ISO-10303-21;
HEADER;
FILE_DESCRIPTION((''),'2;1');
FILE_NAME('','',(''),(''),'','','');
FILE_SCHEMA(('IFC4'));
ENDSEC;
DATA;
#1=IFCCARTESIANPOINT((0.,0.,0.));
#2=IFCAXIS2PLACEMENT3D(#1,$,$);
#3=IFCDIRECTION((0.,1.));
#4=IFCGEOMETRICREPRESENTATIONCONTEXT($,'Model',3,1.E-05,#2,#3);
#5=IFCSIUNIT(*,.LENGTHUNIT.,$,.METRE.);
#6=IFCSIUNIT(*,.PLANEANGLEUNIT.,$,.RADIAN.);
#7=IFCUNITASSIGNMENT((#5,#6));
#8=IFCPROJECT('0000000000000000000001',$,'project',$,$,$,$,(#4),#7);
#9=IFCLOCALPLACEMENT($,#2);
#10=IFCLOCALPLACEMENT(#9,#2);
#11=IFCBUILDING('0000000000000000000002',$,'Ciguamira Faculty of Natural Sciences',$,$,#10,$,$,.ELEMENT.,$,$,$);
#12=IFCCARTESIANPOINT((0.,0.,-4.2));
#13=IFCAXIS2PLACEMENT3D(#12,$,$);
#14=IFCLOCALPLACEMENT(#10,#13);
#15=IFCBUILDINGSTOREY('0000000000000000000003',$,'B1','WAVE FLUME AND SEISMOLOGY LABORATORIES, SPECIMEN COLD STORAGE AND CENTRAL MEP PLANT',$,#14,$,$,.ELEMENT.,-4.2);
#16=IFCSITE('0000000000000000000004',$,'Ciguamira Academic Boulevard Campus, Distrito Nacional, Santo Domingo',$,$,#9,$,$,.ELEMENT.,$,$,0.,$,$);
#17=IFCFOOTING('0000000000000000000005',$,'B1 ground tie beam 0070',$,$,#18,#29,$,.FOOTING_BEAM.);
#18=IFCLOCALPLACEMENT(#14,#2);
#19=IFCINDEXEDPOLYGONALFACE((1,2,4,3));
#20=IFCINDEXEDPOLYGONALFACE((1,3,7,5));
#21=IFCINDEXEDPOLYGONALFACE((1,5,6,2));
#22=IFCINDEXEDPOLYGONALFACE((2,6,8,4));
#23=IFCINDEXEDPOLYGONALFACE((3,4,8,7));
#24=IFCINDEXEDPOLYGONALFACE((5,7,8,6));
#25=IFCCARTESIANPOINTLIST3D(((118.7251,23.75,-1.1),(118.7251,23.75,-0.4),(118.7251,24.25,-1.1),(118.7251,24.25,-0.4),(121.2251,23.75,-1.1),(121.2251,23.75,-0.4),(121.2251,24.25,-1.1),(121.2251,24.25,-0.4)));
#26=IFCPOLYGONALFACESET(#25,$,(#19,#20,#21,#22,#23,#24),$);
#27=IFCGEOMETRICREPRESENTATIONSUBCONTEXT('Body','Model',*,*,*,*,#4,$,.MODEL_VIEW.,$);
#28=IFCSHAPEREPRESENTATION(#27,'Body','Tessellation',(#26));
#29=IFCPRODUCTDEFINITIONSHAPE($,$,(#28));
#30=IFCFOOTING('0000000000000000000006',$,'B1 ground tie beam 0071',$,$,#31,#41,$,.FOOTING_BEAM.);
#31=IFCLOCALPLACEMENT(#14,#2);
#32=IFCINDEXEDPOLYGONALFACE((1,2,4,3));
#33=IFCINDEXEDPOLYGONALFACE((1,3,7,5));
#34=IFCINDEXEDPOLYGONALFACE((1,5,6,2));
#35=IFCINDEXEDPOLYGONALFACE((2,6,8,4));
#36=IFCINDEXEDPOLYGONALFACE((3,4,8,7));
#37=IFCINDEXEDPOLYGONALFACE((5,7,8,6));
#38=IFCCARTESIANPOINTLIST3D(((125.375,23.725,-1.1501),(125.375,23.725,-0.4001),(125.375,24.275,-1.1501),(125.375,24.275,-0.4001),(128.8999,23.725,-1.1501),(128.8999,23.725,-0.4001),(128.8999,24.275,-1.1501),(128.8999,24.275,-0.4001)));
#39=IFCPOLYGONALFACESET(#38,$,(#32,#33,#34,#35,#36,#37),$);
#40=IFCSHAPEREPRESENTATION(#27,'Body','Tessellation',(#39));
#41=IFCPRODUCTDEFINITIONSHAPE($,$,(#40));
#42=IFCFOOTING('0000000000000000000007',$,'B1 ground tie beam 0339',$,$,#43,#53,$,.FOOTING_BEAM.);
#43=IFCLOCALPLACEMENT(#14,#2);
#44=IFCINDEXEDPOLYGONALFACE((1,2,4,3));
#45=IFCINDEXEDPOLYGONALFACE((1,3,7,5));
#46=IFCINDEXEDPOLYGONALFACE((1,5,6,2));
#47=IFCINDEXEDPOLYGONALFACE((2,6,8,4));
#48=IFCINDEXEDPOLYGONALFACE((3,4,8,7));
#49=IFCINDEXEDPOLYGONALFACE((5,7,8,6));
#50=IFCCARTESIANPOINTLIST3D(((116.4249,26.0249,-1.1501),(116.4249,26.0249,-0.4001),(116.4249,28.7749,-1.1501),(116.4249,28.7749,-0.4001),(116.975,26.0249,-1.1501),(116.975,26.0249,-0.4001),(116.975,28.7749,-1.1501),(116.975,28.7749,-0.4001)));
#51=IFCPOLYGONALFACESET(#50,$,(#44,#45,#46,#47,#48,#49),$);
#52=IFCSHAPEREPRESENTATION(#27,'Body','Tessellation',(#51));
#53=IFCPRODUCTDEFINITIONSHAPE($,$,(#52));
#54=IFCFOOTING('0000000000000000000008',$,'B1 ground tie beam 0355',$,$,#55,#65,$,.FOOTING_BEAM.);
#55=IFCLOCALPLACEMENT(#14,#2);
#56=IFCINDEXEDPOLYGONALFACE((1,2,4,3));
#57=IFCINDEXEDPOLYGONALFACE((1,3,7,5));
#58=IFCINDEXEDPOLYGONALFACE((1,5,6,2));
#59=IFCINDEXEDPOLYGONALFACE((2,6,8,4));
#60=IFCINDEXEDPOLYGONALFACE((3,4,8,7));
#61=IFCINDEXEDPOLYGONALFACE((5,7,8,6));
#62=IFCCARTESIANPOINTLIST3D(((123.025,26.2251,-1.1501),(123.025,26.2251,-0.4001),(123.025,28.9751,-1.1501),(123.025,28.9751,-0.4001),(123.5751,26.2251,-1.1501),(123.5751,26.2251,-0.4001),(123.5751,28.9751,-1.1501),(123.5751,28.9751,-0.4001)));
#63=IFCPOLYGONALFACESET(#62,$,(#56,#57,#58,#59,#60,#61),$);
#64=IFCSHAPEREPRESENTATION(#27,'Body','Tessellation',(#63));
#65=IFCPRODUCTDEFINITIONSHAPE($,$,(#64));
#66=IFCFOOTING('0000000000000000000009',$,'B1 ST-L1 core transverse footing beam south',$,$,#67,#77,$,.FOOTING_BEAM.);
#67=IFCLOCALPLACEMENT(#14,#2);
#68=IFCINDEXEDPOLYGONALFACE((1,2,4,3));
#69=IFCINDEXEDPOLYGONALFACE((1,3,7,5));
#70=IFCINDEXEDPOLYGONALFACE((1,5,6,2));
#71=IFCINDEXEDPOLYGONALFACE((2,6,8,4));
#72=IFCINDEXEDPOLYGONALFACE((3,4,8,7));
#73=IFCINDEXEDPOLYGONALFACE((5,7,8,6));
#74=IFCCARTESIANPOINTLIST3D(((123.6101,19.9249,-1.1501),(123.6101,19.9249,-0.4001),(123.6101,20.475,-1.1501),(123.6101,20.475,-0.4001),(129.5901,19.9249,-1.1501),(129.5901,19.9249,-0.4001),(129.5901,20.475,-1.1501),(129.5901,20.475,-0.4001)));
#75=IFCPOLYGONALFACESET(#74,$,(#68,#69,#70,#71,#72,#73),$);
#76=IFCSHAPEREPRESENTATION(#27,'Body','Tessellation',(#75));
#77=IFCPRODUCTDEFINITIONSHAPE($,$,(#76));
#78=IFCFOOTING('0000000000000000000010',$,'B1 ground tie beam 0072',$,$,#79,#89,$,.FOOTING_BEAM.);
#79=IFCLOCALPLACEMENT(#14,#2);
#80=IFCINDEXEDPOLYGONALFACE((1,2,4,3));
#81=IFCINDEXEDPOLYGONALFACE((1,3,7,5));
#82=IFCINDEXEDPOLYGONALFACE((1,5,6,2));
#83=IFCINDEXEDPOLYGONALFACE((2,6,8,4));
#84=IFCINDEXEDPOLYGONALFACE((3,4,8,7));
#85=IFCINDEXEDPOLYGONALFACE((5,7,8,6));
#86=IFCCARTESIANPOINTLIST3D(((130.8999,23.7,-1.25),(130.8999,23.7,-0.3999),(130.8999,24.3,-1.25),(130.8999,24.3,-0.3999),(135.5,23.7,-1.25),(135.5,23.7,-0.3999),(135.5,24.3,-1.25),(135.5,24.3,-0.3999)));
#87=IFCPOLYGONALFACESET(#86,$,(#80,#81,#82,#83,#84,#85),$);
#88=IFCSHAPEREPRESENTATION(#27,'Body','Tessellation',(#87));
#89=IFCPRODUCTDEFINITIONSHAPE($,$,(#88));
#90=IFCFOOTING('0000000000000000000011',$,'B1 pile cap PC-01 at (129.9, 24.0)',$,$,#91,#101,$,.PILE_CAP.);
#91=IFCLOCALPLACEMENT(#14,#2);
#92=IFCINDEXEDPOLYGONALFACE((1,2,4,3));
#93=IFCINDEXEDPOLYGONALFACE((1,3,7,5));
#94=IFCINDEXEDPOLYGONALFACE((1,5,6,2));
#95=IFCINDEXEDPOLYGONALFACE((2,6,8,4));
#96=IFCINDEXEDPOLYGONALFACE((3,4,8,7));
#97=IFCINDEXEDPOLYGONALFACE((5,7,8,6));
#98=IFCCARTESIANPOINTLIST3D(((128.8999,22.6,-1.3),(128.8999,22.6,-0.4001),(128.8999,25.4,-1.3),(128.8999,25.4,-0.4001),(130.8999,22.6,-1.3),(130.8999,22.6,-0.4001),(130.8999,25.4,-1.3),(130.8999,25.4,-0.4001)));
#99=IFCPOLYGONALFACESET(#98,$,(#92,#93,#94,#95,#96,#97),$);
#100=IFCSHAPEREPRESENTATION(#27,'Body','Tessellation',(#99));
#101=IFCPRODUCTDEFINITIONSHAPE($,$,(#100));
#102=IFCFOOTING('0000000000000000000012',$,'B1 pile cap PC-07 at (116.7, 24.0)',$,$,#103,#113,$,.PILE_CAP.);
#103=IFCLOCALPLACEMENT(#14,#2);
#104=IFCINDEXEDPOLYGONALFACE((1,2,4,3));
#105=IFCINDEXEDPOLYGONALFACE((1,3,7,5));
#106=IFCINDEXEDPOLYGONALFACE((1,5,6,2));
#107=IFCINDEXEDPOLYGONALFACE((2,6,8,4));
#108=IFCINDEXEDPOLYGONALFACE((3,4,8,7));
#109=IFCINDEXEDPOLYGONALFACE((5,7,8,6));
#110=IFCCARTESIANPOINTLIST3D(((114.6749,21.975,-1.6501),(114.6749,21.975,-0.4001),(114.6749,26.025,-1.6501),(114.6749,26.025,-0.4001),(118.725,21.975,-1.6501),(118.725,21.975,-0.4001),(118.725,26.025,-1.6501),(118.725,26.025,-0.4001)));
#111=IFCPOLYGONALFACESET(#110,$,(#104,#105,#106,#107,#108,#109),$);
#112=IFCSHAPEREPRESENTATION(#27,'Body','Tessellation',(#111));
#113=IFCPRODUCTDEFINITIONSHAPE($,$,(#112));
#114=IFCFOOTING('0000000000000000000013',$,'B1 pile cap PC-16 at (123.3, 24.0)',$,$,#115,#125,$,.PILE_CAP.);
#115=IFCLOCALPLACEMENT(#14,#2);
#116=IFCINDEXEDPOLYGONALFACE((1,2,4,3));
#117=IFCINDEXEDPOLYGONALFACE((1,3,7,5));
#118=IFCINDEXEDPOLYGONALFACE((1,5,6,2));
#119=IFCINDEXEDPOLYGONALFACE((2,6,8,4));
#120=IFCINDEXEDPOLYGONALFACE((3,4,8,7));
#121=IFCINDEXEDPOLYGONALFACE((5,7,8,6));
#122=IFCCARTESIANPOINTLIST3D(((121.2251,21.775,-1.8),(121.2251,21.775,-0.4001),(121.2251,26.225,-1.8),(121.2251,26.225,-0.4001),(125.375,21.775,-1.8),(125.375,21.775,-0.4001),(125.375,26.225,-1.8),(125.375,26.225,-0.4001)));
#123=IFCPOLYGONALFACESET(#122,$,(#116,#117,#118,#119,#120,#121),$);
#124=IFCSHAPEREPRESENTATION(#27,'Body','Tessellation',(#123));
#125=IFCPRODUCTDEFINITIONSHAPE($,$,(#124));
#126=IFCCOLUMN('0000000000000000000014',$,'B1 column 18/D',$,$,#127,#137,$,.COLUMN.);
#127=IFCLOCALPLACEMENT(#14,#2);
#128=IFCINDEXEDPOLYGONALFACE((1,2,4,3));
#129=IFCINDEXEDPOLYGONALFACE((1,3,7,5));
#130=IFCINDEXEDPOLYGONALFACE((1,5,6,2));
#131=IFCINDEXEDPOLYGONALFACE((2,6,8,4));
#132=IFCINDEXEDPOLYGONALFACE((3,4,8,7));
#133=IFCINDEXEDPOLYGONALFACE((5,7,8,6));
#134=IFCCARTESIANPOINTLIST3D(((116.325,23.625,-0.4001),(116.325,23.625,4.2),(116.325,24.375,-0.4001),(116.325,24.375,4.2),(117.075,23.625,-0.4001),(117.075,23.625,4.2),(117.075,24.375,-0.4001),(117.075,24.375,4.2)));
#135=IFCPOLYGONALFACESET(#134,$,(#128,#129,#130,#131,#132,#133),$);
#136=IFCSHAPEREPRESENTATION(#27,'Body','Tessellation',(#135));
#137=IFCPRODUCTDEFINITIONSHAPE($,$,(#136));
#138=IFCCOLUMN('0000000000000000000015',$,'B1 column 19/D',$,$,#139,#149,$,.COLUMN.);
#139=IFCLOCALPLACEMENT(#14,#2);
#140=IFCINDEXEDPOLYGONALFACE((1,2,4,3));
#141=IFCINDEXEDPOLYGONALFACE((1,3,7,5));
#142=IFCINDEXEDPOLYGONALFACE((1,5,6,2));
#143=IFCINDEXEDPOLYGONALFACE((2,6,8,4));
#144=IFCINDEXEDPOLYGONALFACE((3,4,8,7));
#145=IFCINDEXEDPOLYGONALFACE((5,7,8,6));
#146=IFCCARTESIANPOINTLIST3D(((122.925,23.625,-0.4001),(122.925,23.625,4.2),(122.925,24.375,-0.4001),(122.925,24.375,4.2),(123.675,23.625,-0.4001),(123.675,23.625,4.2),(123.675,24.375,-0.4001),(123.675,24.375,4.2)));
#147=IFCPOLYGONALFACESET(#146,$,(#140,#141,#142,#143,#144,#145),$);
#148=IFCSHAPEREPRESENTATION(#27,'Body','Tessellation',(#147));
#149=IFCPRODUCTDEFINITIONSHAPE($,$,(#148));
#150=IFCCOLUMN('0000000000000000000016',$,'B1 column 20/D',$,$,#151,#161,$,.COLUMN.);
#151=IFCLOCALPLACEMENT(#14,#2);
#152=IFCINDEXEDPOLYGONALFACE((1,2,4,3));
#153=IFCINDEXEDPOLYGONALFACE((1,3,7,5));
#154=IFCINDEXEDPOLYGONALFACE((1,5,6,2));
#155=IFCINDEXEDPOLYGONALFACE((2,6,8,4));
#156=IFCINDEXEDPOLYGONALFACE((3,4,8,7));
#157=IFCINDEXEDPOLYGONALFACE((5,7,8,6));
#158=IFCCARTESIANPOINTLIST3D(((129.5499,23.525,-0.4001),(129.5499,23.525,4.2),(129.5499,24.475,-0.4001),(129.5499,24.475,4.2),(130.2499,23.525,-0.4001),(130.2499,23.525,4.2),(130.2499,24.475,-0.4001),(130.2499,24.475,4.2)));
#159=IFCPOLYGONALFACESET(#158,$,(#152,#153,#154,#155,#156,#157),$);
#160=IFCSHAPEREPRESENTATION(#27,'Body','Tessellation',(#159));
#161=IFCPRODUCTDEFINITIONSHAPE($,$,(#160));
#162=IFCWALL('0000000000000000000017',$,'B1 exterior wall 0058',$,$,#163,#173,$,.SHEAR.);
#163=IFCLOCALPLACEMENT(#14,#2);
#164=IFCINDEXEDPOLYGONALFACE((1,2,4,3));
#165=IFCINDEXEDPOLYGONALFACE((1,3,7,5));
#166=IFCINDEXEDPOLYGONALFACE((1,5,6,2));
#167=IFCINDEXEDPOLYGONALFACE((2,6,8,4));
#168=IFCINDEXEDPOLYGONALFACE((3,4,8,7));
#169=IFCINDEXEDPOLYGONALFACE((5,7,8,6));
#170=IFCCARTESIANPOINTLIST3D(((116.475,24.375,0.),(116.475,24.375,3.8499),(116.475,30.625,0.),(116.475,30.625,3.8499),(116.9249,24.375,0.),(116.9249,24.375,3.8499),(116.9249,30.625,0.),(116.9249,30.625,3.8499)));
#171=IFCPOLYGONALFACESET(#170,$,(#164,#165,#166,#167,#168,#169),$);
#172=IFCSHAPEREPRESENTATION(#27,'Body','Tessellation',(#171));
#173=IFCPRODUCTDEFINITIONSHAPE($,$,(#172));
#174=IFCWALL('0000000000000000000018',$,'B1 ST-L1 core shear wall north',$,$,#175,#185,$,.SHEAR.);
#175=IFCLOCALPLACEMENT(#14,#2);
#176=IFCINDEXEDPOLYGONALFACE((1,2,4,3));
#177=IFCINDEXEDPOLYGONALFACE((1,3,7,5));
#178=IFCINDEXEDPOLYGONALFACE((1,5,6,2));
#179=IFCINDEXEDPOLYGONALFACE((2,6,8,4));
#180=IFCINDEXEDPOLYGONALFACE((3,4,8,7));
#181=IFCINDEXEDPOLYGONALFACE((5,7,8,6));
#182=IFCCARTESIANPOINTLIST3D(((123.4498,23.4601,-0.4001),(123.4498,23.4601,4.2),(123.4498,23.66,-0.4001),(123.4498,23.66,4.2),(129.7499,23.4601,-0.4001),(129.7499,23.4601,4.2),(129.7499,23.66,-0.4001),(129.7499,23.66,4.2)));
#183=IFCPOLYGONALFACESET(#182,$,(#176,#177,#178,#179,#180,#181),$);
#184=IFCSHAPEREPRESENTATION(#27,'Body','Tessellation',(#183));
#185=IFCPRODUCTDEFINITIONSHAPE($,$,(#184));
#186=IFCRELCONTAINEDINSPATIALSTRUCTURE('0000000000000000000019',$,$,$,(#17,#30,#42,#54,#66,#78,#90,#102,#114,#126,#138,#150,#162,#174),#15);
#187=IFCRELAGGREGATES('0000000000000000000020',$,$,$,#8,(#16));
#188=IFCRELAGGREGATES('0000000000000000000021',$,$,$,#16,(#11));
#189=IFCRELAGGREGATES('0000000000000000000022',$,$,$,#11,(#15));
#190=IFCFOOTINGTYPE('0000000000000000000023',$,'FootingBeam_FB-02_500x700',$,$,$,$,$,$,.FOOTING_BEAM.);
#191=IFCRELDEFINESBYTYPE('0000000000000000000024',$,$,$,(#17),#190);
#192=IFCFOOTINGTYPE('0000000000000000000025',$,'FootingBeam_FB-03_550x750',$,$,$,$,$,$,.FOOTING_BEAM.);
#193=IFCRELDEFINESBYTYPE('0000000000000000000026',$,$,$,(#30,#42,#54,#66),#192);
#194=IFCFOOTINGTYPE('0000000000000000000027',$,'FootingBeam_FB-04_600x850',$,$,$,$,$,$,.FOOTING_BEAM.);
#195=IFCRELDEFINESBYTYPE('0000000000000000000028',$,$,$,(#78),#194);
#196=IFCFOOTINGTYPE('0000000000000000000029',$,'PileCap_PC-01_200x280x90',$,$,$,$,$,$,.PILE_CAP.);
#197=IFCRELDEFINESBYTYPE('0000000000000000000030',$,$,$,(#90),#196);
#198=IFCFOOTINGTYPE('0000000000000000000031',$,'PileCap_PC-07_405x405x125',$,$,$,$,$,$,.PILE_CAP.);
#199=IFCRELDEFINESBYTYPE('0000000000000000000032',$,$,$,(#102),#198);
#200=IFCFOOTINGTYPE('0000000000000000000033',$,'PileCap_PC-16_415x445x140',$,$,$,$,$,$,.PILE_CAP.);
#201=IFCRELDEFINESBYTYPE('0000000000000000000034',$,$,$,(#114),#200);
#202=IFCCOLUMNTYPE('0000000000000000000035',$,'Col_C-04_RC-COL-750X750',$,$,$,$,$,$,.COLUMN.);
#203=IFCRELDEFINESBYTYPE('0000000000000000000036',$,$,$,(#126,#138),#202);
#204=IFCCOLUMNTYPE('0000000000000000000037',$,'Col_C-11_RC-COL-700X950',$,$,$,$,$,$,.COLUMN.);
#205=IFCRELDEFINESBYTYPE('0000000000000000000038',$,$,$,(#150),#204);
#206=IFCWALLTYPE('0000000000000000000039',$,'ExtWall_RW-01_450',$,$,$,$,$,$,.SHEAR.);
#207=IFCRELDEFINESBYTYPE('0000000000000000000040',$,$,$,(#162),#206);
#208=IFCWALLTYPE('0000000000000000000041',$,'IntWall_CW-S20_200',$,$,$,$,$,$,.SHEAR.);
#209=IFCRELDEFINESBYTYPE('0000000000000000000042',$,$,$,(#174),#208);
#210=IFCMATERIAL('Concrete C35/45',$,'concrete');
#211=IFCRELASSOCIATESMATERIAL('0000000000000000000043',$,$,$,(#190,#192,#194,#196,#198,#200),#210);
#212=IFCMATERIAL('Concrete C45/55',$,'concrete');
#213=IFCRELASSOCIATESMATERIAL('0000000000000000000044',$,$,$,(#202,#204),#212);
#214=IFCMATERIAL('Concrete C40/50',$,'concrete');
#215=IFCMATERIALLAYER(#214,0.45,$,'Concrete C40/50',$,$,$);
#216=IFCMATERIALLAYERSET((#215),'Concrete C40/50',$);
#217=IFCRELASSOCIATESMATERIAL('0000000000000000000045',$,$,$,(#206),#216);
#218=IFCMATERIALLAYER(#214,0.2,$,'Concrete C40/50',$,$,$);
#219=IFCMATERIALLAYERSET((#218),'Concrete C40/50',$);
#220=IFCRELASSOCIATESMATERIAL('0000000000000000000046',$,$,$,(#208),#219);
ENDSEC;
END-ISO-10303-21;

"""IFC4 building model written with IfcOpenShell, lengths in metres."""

from ifc_helpers import new_model, si_unit, direction, frame, frame_2d, origin, origin_2d, place, context, subcontext, project, spatial, rectangle, extrude, material, layer, layer_set, material_profile, profile_set, type_object, element, save


model = new_model("IFC4")

# Units and contexts
model_context = context("Model", 3, precision=1e-05, world=origin(), true_north=direction((0.0, 1.0)))
body_context = subcontext(model_context, "Body", "Model", "MODEL_VIEW")
ifc_project = project(units=[si_unit("LENGTHUNIT", "METRE"), si_unit("PLANEANGLEUNIT", "RADIAN")], contexts=[model_context])

# Site, building, storey
site_placement = place(None, origin())
site = spatial("IfcSite", under=ifc_project, at=site_placement, Name="Ciguamira Academic Boulevard Campus, Distrito Nacional, Santo Domingo", CompositionType="ELEMENT", RefElevation=0.0)
building_placement = place(site_placement, origin())
building = spatial("IfcBuilding", under=site, at=building_placement, Name="Ciguamira Faculty of Natural Sciences", CompositionType="ELEMENT")
storey_placement = place(building_placement, frame((0.0, 0.0, -4.2)))
storey = spatial("IfcBuildingStorey", under=building, at=storey_placement, Name="B1", Description="WAVE FLUME AND SEISMOLOGY LABORATORIES, SPECIMEN COLD STORAGE AND CENTRAL MEP PLANT", CompositionType="ELEMENT", Elevation=-4.2)

# Shared definitions
ifc_material_1 = material(Name="Concrete C35/45", Category="concrete")

# Footings
ifc_material_profile_1 = material_profile(ifc_material_1, rectangle(XDim=0.5, YDim=0.7, at=origin_2d()), Name="RC-FB-500X700")
ifc_profile_set_1 = profile_set([ifc_material_profile_1], Name="Concrete C35/45")
footing_type_1 = type_object("IfcFootingType", Name="FootingBeam_FB-02_500x700", PredefinedType="FOOTING_BEAM", material=ifc_profile_set_1)
footing_1_placement = place(storey_placement, frame((118.7251, 24.0, -0.75), z_axis=(1.0, 0.0, 0.0), x_axis=(0.0, 1.0, 0.0)))
element("IfcFooting", 1, at=footing_1_placement, inside=storey, type_object=footing_type_1, Name="B1 ground tie beam 0070", PredefinedType="FOOTING_BEAM", context=body_context, shape_type="SweptSolid", body=[
    extrude(rectangle(XDim=0.5, YDim=0.7, at=origin_2d()), origin(), (0.0, 0.0, 1.0), 2.5),
])
ifc_material_profile_2 = material_profile(ifc_material_1, rectangle(XDim=0.55, YDim=0.75, at=origin_2d()), Name="RC-FB-550X750")
ifc_profile_set_2 = profile_set([ifc_material_profile_2], Name="Concrete C35/45")
footing_type_2 = type_object("IfcFootingType", Name="FootingBeam_FB-03_550x750", PredefinedType="FOOTING_BEAM", material=ifc_profile_set_2)
footing_2_placement = place(storey_placement, frame((125.375, 24.0, -0.7751), z_axis=(1.0, 0.0, 0.0), x_axis=(0.0, 1.0, 0.0)))
element("IfcFooting", 2, at=footing_2_placement, inside=storey, type_object=footing_type_2, Name="B1 ground tie beam 0071", PredefinedType="FOOTING_BEAM", context=body_context, shape_type="SweptSolid", body=[
    extrude(rectangle(XDim=0.55, YDim=0.75, at=origin_2d()), origin(), (0.0, 0.0, 1.0), 3.5249),
])
for number, where, z_axis, x_axis, name in (
    (3, (116.7, 26.0249, -0.7751), (0.0, 1.0, 0.0), (-1.0, 0.0, 0.0), "B1 ground tie beam 0339"),
    (4, (123.3, 26.2251, -0.7751), (0.0, 1.0, 0.0), (-1.0, 0.0, 0.0), "B1 ground tie beam 0355"),
):
    element("IfcFooting", number, at=place(storey_placement, frame(where, z_axis=z_axis, x_axis=x_axis)), inside=storey, type_object=footing_type_2, Name=name, PredefinedType="FOOTING_BEAM", context=body_context, shape_type="SweptSolid", body=[
        extrude(rectangle(XDim=0.55, YDim=0.75, at=origin_2d()), origin(), (0.0, 0.0, 1.0), 2.75),
    ])
footing_3_placement = place(storey_placement, frame((123.6101, 20.2, -0.7751), z_axis=(1.0, 0.0, 0.0), x_axis=(0.0, 1.0, 0.0)))
element("IfcFooting", 5, at=footing_3_placement, inside=storey, type_object=footing_type_2, Name="B1 ST-L1 core transverse footing beam south", PredefinedType="FOOTING_BEAM", context=body_context, shape_type="SweptSolid", body=[
    extrude(rectangle(XDim=0.55, YDim=0.75, at=origin_2d()), origin(), (0.0, 0.0, 1.0), 5.98),
])
ifc_material_profile_3 = material_profile(ifc_material_1, rectangle(XDim=0.6001, YDim=0.8501, at=origin_2d()), Name="RC-FB-600X850")
ifc_profile_set_3 = profile_set([ifc_material_profile_3], Name="Concrete C35/45")
footing_type_3 = type_object("IfcFootingType", Name="FootingBeam_FB-04_600x850", PredefinedType="FOOTING_BEAM", material=ifc_profile_set_3)
footing_4_placement = place(storey_placement, frame((130.8999, 24.0, -0.825), z_axis=(1.0, 0.0, 0.0), x_axis=(0.0, 1.0, 0.0)))
element("IfcFooting", 6, at=footing_4_placement, inside=storey, type_object=footing_type_3, Name="B1 ground tie beam 0072", PredefinedType="FOOTING_BEAM", context=body_context, shape_type="SweptSolid", body=[
    extrude(rectangle(XDim=0.6001, YDim=0.8501, at=origin_2d()), origin(), (0.0, 0.0, 1.0), 4.6001),
])
footing_type_4 = type_object("IfcFootingType", Name="PileCap_PC-01_200x280x90", PredefinedType="PILE_CAP", material=ifc_material_1)
footing_5_placement = place(storey_placement, frame((129.8999, 24.0, -1.3), z_axis=(0.0, 0.0, 1.0), x_axis=(1.0, 0.0, 0.0)))
element("IfcFooting", 7, at=footing_5_placement, inside=storey, type_object=footing_type_4, Name="B1 pile cap PC-01 at (129.9, 24.0)", PredefinedType="PILE_CAP", context=body_context, shape_type="SweptSolid", body=[
    extrude(rectangle(XDim=2.0, YDim=2.8, at=origin_2d()), origin(), (0.0, 0.0, 1.0), 0.8999),
])
footing_type_5 = type_object("IfcFootingType", Name="PileCap_PC-07_405x405x125", PredefinedType="PILE_CAP", material=ifc_material_1)
footing_6_placement = place(storey_placement, frame((116.7, 24.0, -1.6501), z_axis=(0.0, 0.0, 1.0), x_axis=(1.0, 0.0, 0.0)))
element("IfcFooting", 8, at=footing_6_placement, inside=storey, type_object=footing_type_5, Name="B1 pile cap PC-07 at (116.7, 24.0)", PredefinedType="PILE_CAP", context=body_context, shape_type="SweptSolid", body=[
    extrude(rectangle(XDim=4.05, YDim=4.05, at=origin_2d()), origin(), (0.0, 0.0, 1.0), 1.25),
])
footing_type_6 = type_object("IfcFootingType", Name="PileCap_PC-16_415x445x140", PredefinedType="PILE_CAP", material=ifc_material_1)
footing_7_placement = place(storey_placement, frame((123.3, 24.0, -1.8), z_axis=(0.0, 0.0, 1.0), x_axis=(1.0, 0.0, 0.0)))
element("IfcFooting", 9, at=footing_7_placement, inside=storey, type_object=footing_type_6, Name="B1 pile cap PC-16 at (123.3, 24.0)", PredefinedType="PILE_CAP", context=body_context, shape_type="SweptSolid", body=[
    extrude(rectangle(XDim=4.1499, YDim=4.45, at=origin_2d()), origin(), (0.0, 0.0, 1.0), 1.3999),
])

# Columns
ifc_material_2 = material(Name="Concrete C45/55", Category="concrete")
ifc_material_profile_4 = material_profile(ifc_material_2, rectangle(XDim=0.75, YDim=0.75, at=origin_2d()), Name="RC-COL-750X750")
ifc_profile_set_4 = profile_set([ifc_material_profile_4], Name="Concrete C45/55")
column_type_1 = type_object("IfcColumnType", Name="Col_C-04_RC-COL-750X750", PredefinedType="COLUMN", material=ifc_profile_set_4)
for number, where, z_axis, x_axis, name in (
    (10, (116.7, 24.0, -0.4001), (0.0, 0.0, 1.0), (1.0, 0.0, 0.0), "B1 column 18/D"),
    (11, (123.3, 24.0, -0.4001), (0.0, 0.0, 1.0), (1.0, 0.0, 0.0), "B1 column 19/D"),
):
    element("IfcColumn", number, at=place(storey_placement, frame(where, z_axis=z_axis, x_axis=x_axis)), inside=storey, type_object=column_type_1, Name=name, PredefinedType="COLUMN", context=body_context, shape_type="SweptSolid", body=[
        extrude(rectangle(XDim=0.75, YDim=0.75, at=origin_2d()), origin(), (0.0, 0.0, 1.0), 4.6001),
    ])
ifc_material_profile_5 = material_profile(ifc_material_2, rectangle(XDim=0.7, YDim=0.95, at=origin_2d()), Name="RC-COL-700X950")
ifc_profile_set_5 = profile_set([ifc_material_profile_5], Name="Concrete C45/55")
column_type_2 = type_object("IfcColumnType", Name="Col_C-11_RC-COL-700X950", PredefinedType="COLUMN", material=ifc_profile_set_5)
column_placement = place(storey_placement, frame((129.8999, 24.0, -0.4001), z_axis=(0.0, 0.0, 1.0), x_axis=(1.0, 0.0, 0.0)))
element("IfcColumn", 12, at=column_placement, inside=storey, type_object=column_type_2, Name="B1 column 20/D", PredefinedType="COLUMN", context=body_context, shape_type="SweptSolid", body=[
    extrude(rectangle(XDim=0.7, YDim=0.95, at=origin_2d()), origin(), (0.0, 0.0, 1.0), 4.6001),
])

# Walls
ifc_material_3 = material(Name="Concrete C40/50", Category="concrete")
ifc_layer_1 = layer(ifc_material_3, 0.45, Name="Concrete C40/50")
ifc_layer_set_1 = layer_set([ifc_layer_1], Name="Concrete C40/50")
wall_type_1 = type_object("IfcWallType", Name="ExtWall_RW-01_450", PredefinedType="SHEAR", material=ifc_layer_set_1)
wall_1_placement = place(storey_placement, frame((116.7, 24.375, 0.0), z_axis=(0.0, 0.0, 1.0), x_axis=(0.0, 1.0, 0.0)))
element("IfcWall", 13, at=wall_1_placement, inside=storey, type_object=wall_type_1, Name="B1 exterior wall 0058", PredefinedType="SHEAR", context=body_context, shape_type="SweptSolid", body=[
    extrude(rectangle(XDim=6.25, YDim=0.45, at=frame_2d((3.125, 0.0))), origin(), (0.0, 0.0, 1.0), 3.8499),
])
ifc_layer_2 = layer(ifc_material_3, 0.2, Name="Concrete C40/50")
ifc_layer_set_2 = layer_set([ifc_layer_2], Name="Concrete C40/50")
wall_type_2 = type_object("IfcWallType", Name="IntWall_CW-S20_200", PredefinedType="SHEAR", material=ifc_layer_set_2)
wall_2_placement = place(storey_placement, frame((123.45, 23.5601, -0.4001), z_axis=(0.0, 0.0, 1.0), x_axis=(1.0, 0.0, 0.0)))
element("IfcWall", 14, at=wall_2_placement, inside=storey, type_object=wall_type_2, Name="B1 ST-L1 core shear wall north", PredefinedType="SHEAR", context=body_context, shape_type="SweptSolid", body=[
    extrude(rectangle(XDim=6.3, YDim=0.2, at=frame_2d((3.1499, 0.0))), origin(), (0.0, 0.0, 1.0), 4.6001),
])

save(model, "model.ifc")
